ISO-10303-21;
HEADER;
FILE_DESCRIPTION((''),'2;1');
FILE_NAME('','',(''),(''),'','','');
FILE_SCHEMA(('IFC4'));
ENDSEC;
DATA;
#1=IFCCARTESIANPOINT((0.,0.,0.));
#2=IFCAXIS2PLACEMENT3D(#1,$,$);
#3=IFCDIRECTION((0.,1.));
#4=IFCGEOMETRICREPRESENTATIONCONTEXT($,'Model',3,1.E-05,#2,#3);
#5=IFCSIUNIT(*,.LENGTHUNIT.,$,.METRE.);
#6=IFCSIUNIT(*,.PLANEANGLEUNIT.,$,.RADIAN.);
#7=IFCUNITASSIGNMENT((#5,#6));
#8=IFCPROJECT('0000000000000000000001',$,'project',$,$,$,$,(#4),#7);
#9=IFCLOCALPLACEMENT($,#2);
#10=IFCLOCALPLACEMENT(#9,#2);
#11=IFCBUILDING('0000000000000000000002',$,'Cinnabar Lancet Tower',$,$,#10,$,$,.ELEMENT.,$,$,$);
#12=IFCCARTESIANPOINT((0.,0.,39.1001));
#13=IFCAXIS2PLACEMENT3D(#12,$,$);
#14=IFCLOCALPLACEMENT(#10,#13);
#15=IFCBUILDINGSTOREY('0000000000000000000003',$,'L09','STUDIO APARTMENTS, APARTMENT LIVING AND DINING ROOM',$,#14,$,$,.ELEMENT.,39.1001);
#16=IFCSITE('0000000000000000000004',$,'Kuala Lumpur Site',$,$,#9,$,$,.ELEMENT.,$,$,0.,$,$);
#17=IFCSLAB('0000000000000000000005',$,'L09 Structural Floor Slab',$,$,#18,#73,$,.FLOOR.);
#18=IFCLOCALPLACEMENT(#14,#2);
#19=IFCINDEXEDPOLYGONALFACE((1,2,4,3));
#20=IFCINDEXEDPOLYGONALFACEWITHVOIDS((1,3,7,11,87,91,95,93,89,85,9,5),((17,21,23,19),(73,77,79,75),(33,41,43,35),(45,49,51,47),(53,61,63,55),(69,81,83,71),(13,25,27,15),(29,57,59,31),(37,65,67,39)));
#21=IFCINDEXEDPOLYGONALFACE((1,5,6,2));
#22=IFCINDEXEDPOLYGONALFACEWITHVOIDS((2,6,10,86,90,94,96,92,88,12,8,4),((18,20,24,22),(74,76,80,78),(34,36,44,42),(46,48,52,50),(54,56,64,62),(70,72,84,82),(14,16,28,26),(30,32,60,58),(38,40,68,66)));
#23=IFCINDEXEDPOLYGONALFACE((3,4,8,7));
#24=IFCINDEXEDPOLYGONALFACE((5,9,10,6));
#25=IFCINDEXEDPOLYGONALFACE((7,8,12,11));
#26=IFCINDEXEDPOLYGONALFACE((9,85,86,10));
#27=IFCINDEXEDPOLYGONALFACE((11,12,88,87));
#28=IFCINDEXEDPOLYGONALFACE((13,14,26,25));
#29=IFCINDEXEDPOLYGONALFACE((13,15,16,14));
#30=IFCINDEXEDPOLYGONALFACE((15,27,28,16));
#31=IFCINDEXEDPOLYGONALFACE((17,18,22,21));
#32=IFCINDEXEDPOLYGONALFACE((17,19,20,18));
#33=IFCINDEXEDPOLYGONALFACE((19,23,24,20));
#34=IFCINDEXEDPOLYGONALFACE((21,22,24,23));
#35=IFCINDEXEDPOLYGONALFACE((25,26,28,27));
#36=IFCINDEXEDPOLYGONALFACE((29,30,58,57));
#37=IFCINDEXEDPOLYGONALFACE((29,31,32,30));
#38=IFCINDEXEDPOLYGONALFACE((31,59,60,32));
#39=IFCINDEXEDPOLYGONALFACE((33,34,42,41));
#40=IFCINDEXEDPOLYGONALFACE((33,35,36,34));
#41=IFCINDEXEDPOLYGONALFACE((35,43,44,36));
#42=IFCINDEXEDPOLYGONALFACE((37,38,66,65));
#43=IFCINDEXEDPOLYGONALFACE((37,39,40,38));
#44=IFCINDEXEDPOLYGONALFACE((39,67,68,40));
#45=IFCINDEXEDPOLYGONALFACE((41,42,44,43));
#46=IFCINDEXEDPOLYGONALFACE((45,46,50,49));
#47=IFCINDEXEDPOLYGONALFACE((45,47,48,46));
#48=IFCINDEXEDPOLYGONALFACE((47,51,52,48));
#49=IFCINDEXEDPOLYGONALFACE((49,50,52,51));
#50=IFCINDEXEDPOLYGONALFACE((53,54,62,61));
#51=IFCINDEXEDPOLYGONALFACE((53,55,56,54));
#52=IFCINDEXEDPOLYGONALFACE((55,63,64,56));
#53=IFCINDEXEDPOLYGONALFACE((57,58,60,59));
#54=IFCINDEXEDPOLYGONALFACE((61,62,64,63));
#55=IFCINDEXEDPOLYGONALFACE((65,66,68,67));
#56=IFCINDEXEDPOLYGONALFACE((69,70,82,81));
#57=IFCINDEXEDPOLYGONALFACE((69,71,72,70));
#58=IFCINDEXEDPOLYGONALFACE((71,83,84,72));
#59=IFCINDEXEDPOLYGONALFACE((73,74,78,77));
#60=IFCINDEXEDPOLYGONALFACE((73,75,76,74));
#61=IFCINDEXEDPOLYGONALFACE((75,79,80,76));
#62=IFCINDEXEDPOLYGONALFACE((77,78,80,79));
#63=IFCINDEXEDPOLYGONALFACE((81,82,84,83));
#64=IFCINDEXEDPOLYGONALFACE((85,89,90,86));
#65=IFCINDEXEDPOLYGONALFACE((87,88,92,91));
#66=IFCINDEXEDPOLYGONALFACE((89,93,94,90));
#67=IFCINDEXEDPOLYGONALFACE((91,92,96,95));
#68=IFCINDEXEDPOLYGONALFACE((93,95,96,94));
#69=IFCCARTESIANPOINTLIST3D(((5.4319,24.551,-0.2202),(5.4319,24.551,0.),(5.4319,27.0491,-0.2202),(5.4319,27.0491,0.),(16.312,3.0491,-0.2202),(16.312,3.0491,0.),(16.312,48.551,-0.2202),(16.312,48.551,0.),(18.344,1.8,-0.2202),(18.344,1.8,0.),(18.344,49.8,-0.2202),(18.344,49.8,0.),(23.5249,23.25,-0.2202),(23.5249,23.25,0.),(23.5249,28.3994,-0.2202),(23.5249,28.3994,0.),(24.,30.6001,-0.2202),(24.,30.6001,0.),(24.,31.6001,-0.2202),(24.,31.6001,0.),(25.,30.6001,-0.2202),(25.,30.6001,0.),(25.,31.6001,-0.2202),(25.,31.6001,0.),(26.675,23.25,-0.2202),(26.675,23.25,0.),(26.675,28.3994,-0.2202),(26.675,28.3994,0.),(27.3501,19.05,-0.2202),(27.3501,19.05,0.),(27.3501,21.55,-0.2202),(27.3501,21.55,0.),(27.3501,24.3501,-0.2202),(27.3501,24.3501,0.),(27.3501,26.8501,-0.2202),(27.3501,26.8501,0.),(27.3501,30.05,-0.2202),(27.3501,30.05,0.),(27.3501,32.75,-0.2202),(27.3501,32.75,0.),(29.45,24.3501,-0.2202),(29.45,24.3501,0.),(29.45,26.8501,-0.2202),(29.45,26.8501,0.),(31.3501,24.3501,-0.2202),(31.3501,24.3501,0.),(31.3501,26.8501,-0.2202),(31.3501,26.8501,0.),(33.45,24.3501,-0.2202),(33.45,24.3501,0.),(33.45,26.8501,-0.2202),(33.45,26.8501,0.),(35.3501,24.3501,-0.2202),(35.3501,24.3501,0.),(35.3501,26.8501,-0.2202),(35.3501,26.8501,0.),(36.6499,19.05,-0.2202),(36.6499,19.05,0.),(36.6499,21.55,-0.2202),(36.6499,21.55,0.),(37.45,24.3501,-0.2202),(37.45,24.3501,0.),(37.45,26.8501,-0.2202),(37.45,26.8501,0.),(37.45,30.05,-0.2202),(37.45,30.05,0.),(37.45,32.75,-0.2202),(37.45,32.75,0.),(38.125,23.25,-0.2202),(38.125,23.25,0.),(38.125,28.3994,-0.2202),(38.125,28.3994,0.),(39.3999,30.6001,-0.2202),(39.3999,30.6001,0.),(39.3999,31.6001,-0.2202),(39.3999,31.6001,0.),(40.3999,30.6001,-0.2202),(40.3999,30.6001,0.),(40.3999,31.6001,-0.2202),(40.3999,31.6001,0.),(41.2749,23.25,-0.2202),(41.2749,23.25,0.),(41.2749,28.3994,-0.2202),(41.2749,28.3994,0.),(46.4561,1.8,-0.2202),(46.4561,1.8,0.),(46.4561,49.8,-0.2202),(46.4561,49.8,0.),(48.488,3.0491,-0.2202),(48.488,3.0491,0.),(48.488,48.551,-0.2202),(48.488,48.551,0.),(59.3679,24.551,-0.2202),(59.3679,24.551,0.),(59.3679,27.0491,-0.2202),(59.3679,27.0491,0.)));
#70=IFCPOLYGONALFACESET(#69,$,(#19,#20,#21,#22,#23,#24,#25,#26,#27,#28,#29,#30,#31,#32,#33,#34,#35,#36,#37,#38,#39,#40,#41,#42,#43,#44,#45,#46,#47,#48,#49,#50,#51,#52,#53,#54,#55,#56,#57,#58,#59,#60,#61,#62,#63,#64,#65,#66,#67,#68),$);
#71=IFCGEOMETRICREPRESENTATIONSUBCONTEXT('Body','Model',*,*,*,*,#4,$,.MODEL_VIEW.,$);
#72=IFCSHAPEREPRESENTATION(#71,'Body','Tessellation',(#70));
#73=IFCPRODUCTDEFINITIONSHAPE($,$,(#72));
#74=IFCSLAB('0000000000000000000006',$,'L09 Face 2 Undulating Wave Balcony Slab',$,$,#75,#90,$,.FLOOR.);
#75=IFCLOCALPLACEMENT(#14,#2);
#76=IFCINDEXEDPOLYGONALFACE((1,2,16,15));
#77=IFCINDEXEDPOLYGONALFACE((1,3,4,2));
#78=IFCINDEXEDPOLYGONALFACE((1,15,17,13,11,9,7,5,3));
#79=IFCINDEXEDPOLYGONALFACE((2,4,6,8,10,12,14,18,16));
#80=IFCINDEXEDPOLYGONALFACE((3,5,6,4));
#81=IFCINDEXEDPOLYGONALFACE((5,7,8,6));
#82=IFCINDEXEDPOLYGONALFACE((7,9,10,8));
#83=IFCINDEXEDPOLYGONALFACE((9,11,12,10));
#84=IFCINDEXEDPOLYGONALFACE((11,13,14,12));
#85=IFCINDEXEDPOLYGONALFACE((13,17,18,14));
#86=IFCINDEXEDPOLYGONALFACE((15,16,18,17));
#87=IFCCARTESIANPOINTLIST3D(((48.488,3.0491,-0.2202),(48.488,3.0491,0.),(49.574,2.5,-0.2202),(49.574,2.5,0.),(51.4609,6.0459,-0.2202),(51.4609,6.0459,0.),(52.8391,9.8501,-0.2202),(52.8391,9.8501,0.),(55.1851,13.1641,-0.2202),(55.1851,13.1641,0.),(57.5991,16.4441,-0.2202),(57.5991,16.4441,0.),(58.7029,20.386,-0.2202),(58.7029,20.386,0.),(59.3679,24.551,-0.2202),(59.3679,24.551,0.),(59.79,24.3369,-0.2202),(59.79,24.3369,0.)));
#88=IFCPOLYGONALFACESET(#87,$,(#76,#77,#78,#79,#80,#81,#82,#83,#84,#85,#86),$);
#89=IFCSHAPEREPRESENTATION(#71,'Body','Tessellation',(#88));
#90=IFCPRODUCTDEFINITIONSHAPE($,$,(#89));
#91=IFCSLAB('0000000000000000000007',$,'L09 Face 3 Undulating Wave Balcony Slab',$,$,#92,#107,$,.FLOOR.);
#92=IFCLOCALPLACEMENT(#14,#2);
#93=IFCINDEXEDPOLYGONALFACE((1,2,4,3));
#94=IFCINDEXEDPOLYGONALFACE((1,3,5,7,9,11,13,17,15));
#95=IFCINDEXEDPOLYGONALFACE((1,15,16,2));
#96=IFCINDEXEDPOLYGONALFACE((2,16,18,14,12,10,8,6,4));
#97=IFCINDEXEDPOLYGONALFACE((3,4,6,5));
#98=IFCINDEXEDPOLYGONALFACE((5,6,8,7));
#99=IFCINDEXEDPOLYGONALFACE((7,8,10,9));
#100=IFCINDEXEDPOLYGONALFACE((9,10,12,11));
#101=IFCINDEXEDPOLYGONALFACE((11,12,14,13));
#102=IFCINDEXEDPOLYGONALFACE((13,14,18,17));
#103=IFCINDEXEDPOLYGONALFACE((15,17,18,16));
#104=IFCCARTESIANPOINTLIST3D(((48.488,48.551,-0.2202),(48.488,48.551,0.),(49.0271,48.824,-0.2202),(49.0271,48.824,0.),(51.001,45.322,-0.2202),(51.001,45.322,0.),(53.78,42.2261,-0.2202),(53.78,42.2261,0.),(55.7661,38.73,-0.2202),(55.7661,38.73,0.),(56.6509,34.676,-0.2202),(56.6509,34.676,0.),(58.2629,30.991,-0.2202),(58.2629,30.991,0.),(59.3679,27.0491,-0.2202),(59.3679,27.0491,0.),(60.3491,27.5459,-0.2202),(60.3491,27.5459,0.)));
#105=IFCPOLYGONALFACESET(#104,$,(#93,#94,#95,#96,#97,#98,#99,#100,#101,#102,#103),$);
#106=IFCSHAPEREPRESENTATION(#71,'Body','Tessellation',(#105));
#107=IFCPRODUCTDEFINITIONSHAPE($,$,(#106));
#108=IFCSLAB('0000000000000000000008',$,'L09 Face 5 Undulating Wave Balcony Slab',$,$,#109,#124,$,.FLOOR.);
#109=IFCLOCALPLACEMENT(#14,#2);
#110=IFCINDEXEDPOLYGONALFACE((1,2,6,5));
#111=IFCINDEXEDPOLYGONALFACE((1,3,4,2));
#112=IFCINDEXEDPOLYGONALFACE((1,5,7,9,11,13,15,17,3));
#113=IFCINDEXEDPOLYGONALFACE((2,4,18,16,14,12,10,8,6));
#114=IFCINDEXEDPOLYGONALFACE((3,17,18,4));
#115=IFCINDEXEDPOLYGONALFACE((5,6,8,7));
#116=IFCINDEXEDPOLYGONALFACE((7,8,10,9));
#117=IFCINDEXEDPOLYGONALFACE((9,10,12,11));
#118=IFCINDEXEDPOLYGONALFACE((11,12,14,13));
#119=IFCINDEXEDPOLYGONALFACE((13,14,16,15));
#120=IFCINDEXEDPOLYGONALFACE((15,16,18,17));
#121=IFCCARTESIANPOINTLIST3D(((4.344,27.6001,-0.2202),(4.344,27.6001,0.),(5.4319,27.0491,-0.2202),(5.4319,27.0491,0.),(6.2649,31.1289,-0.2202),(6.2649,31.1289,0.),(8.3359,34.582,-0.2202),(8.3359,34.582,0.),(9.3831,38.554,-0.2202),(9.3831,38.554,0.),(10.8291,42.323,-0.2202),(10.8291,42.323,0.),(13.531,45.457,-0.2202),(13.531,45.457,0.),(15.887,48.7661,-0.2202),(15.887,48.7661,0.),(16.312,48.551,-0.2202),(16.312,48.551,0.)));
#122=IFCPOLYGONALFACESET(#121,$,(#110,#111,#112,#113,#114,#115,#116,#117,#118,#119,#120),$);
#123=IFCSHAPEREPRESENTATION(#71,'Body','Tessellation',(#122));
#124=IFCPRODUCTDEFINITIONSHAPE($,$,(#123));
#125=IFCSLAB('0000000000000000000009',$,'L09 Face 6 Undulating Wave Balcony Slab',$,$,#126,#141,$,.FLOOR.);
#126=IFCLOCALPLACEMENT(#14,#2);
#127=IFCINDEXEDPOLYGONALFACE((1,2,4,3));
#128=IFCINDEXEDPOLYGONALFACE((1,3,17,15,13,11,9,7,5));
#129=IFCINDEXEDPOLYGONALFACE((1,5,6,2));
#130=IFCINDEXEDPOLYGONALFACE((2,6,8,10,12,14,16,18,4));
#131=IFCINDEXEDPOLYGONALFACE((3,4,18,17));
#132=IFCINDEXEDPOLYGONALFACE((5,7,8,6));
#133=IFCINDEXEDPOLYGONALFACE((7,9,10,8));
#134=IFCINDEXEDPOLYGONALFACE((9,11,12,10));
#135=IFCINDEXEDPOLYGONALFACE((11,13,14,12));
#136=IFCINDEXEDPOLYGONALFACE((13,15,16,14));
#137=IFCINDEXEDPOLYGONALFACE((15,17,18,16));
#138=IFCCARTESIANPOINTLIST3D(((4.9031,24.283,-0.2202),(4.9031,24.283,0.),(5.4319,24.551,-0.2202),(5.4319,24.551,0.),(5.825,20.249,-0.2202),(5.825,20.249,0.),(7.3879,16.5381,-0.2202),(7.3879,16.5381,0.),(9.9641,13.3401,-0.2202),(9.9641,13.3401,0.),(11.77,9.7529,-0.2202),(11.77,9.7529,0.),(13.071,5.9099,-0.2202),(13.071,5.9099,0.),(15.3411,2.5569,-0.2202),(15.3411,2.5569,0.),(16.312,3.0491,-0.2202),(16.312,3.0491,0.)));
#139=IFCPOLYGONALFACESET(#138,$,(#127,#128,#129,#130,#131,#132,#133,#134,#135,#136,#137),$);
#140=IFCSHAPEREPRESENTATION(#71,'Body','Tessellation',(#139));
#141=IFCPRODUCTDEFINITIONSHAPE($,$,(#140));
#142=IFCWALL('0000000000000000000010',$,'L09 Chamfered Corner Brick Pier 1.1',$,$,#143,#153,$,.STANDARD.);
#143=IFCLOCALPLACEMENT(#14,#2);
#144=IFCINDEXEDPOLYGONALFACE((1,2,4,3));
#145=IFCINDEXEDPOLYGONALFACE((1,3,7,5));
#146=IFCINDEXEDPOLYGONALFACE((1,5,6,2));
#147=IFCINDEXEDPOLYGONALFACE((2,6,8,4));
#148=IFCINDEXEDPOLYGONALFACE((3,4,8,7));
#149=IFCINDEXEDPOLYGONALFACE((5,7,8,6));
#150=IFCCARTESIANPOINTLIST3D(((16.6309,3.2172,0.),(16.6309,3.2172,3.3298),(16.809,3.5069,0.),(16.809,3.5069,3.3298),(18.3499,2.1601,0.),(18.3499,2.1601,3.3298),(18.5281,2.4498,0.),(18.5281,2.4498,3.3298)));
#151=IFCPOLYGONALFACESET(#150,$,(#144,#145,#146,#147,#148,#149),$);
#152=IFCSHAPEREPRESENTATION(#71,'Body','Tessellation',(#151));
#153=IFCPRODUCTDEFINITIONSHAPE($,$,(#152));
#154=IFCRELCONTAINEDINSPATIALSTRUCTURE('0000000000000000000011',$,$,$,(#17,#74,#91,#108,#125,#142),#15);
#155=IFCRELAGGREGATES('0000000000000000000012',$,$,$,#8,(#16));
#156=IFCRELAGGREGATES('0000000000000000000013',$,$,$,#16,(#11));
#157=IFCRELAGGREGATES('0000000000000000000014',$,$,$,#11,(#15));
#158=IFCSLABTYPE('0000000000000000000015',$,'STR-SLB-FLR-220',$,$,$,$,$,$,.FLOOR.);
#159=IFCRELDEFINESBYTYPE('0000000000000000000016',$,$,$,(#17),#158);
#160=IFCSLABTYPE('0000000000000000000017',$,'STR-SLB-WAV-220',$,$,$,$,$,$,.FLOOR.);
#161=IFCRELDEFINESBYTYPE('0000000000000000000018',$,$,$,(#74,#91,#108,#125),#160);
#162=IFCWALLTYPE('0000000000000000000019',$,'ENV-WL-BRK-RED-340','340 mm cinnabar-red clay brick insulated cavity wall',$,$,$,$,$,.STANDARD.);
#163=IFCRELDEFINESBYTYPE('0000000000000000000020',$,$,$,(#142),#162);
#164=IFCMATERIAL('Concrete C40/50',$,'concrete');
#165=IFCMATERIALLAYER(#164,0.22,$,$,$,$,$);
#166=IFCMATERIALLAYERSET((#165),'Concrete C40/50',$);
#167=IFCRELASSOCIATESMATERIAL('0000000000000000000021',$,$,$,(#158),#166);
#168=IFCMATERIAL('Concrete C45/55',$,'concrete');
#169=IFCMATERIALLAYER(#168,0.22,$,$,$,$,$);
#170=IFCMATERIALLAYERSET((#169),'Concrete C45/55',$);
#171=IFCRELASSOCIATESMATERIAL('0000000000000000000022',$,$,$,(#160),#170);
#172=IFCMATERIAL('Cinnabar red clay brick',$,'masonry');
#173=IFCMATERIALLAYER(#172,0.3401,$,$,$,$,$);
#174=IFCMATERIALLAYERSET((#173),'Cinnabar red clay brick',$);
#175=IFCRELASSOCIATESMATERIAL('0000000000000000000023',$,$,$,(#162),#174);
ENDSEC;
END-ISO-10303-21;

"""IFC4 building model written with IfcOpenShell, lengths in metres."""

from ifc_helpers import new_model, si_unit, direction, frame, frame_2d, origin, place, context, subcontext, project, spatial, polyline, rectangle, outline, extrude, material, layer, layer_set, type_object, element, save


model = new_model("IFC4")

# Units and contexts
model_context = context("Model", 3, precision=1e-05, world=origin(), true_north=direction((0.0, 1.0)))
body_context = subcontext(model_context, "Body", "Model", "MODEL_VIEW")
ifc_project = project(units=[si_unit("LENGTHUNIT", "METRE"), si_unit("PLANEANGLEUNIT", "RADIAN")], contexts=[model_context])

# Site, building, storey
site_placement = place(None, origin())
site = spatial("IfcSite", under=ifc_project, at=site_placement, Name="Kuala Lumpur Site", CompositionType="ELEMENT", RefElevation=0.0)
building_placement = place(site_placement, origin())
building = spatial("IfcBuilding", under=site, at=building_placement, Name="Cinnabar Lancet Tower", CompositionType="ELEMENT")
storey_placement = place(building_placement, frame((0.0, 0.0, 39.1001)))
storey = spatial("IfcBuildingStorey", under=building, at=storey_placement, Name="L09", Description="STUDIO APARTMENTS, APARTMENT LIVING AND DINING ROOM", CompositionType="ELEMENT", Elevation=39.1001)

# Slabs
ifc_material_1 = material(Name="Concrete C40/50", Category="concrete")
ifc_layer_1 = layer(ifc_material_1, 0.22)
ifc_layer_set_1 = layer_set([ifc_layer_1], Name="Concrete C40/50")
slab_type_1 = type_object("IfcSlabType", Name="STR-SLB-FLR-220", PredefinedType="FLOOR", material=ifc_layer_set_1)
slab_1_placement = place(storey_placement, frame((0.0, 0.0, -0.2202)))
element("IfcSlab", 1, at=slab_1_placement, inside=storey, type_object=slab_type_1, Name="L09 Structural Floor Slab", PredefinedType="FLOOR", context=body_context, shape_type="SweptSolid", body=[
    extrude(outline(polyline([(16.312, 3.0491), (18.344, 1.8), (46.4561, 1.8), (48.488, 3.0491), (59.3679, 24.551), (59.3679, 27.0491), (48.488, 48.551), (46.4561, 49.8), (18.344, 49.8), (16.312, 48.551), (5.4319, 27.0491), (5.4319, 24.551), (16.312, 3.0491)]), holes=[polyline([(23.5249, 23.25), (26.675, 23.25), (26.675, 28.3994), (23.5249, 28.3994), (23.5249, 23.25)]), polyline([(38.125, 23.25), (41.2749, 23.25), (41.2749, 28.3994), (38.125, 28.3994), (38.125, 23.25)]), polyline([(27.3501, 30.05), (37.45, 30.05), (37.45, 32.75), (27.3501, 32.75), (27.3501, 30.05)]), polyline([(27.3501, 19.05), (36.6499, 19.05), (36.6499, 21.55), (27.3501, 21.55), (27.3501, 19.05)]), polyline([(27.3501, 24.3501), (29.45, 24.3501), (29.45, 26.8501), (27.3501, 26.8501), (27.3501, 24.3501)]), polyline([(35.3501, 24.3501), (37.45, 24.3501), (37.45, 26.8501), (35.3501, 26.8501), (35.3501, 24.3501)]), polyline([(31.3501, 24.3501), (33.45, 24.3501), (33.45, 26.8501), (31.3501, 26.8501), (31.3501, 24.3501)]), polyline([(24.0, 30.6001), (25.0, 30.6001), (25.0, 31.6001), (24.0, 31.6001), (24.0, 30.6001)]), polyline([(39.3999, 30.6001), (40.3999, 30.6001), (40.3999, 31.6001), (39.3999, 31.6001), (39.3999, 30.6001)])]), origin(), (0.0, 0.0, 1.0), 0.2202),
])
ifc_material_2 = material(Name="Concrete C45/55", Category="concrete")
ifc_layer_2 = layer(ifc_material_2, 0.22)
ifc_layer_set_2 = layer_set([ifc_layer_2], Name="Concrete C45/55")
slab_type_2 = type_object("IfcSlabType", Name="STR-SLB-WAV-220", PredefinedType="FLOOR", material=ifc_layer_set_2)
slab_2_placement = place(storey_placement, frame((0.0, 0.0, -0.2202)))
element("IfcSlab", 2, at=slab_2_placement, inside=storey, type_object=slab_type_2, Name="L09 Face 2 Undulating Wave Balcony Slab", PredefinedType="FLOOR", context=body_context, shape_type="SweptSolid", body=[
    extrude(outline(polyline([(48.488, 3.0491), (49.574, 2.5), (51.4609, 6.0459), (52.8391, 9.8501), (55.1851, 13.1641), (57.5991, 16.4441), (58.7029, 20.386), (59.79, 24.3369), (59.3679, 24.551), (48.488, 3.0491)])), origin(), (0.0, 0.0, 1.0), 0.2202),
])
slab_3_placement = place(storey_placement, frame((0.0, 0.0, -0.2202)))
element("IfcSlab", 3, at=slab_3_placement, inside=storey, type_object=slab_type_2, Name="L09 Face 3 Undulating Wave Balcony Slab", PredefinedType="FLOOR", context=body_context, shape_type="SweptSolid", body=[
    extrude(outline(polyline([(59.3679, 27.0491), (60.3491, 27.5459), (58.2629, 30.991), (56.6509, 34.676), (55.7661, 38.73), (53.78, 42.2261), (51.001, 45.322), (49.0271, 48.824), (48.488, 48.551), (59.3679, 27.0491)])), origin(), (0.0, 0.0, 1.0), 0.2202),
])
slab_4_placement = place(storey_placement, frame((0.0, 0.0, -0.2202)))
element("IfcSlab", 4, at=slab_4_placement, inside=storey, type_object=slab_type_2, Name="L09 Face 5 Undulating Wave Balcony Slab", PredefinedType="FLOOR", context=body_context, shape_type="SweptSolid", body=[
    extrude(outline(polyline([(16.312, 48.551), (15.887, 48.7661), (13.531, 45.457), (10.8291, 42.323), (9.3831, 38.554), (8.3359, 34.582), (6.2649, 31.1289), (4.344, 27.6001), (5.4319, 27.0491), (16.312, 48.551)])), origin(), (0.0, 0.0, 1.0), 0.2202),
])
slab_5_placement = place(storey_placement, frame((0.0, 0.0, -0.2202)))
element("IfcSlab", 5, at=slab_5_placement, inside=storey, type_object=slab_type_2, Name="L09 Face 6 Undulating Wave Balcony Slab", PredefinedType="FLOOR", context=body_context, shape_type="SweptSolid", body=[
    extrude(outline(polyline([(5.4319, 24.551), (4.9031, 24.283), (5.825, 20.249), (7.3879, 16.5381), (9.9641, 13.3401), (11.77, 9.7529), (13.071, 5.9099), (15.3411, 2.5569), (16.312, 3.0491), (5.4319, 24.551)])), origin(), (0.0, 0.0, 1.0), 0.2202),
])

# Wall
ifc_material_3 = material(Name="Cinnabar red clay brick", Category="masonry")
ifc_layer_3 = layer(ifc_material_3, 0.3401)
ifc_layer_set_3 = layer_set([ifc_layer_3], Name="Cinnabar red clay brick")
wall_type = type_object("IfcWallType", Name="ENV-WL-BRK-RED-340", Description="340 mm cinnabar-red clay brick insulated cavity wall", PredefinedType="STANDARD", material=ifc_layer_set_3)
wall_1_placement = place(storey_placement, frame((16.72, 3.3621, 0.0), z_axis=(0.0, 0.0, 1.0), x_axis=(0.851816, -0.523841, 0.0)))
element("IfcWall", 6, at=wall_1_placement, inside=storey, type_object=wall_type, Name="L09 Chamfered Corner Brick Pier 1.1", PredefinedType="STANDARD", context=body_context, shape_type="SweptSolid", body=[
    extrude(rectangle(XDim=2.0181, YDim=0.3401, at=frame_2d((1.009, 0.0))), origin(), (0.0, 0.0, 1.0), 3.3298),
])

save(model, "model.ifc")
